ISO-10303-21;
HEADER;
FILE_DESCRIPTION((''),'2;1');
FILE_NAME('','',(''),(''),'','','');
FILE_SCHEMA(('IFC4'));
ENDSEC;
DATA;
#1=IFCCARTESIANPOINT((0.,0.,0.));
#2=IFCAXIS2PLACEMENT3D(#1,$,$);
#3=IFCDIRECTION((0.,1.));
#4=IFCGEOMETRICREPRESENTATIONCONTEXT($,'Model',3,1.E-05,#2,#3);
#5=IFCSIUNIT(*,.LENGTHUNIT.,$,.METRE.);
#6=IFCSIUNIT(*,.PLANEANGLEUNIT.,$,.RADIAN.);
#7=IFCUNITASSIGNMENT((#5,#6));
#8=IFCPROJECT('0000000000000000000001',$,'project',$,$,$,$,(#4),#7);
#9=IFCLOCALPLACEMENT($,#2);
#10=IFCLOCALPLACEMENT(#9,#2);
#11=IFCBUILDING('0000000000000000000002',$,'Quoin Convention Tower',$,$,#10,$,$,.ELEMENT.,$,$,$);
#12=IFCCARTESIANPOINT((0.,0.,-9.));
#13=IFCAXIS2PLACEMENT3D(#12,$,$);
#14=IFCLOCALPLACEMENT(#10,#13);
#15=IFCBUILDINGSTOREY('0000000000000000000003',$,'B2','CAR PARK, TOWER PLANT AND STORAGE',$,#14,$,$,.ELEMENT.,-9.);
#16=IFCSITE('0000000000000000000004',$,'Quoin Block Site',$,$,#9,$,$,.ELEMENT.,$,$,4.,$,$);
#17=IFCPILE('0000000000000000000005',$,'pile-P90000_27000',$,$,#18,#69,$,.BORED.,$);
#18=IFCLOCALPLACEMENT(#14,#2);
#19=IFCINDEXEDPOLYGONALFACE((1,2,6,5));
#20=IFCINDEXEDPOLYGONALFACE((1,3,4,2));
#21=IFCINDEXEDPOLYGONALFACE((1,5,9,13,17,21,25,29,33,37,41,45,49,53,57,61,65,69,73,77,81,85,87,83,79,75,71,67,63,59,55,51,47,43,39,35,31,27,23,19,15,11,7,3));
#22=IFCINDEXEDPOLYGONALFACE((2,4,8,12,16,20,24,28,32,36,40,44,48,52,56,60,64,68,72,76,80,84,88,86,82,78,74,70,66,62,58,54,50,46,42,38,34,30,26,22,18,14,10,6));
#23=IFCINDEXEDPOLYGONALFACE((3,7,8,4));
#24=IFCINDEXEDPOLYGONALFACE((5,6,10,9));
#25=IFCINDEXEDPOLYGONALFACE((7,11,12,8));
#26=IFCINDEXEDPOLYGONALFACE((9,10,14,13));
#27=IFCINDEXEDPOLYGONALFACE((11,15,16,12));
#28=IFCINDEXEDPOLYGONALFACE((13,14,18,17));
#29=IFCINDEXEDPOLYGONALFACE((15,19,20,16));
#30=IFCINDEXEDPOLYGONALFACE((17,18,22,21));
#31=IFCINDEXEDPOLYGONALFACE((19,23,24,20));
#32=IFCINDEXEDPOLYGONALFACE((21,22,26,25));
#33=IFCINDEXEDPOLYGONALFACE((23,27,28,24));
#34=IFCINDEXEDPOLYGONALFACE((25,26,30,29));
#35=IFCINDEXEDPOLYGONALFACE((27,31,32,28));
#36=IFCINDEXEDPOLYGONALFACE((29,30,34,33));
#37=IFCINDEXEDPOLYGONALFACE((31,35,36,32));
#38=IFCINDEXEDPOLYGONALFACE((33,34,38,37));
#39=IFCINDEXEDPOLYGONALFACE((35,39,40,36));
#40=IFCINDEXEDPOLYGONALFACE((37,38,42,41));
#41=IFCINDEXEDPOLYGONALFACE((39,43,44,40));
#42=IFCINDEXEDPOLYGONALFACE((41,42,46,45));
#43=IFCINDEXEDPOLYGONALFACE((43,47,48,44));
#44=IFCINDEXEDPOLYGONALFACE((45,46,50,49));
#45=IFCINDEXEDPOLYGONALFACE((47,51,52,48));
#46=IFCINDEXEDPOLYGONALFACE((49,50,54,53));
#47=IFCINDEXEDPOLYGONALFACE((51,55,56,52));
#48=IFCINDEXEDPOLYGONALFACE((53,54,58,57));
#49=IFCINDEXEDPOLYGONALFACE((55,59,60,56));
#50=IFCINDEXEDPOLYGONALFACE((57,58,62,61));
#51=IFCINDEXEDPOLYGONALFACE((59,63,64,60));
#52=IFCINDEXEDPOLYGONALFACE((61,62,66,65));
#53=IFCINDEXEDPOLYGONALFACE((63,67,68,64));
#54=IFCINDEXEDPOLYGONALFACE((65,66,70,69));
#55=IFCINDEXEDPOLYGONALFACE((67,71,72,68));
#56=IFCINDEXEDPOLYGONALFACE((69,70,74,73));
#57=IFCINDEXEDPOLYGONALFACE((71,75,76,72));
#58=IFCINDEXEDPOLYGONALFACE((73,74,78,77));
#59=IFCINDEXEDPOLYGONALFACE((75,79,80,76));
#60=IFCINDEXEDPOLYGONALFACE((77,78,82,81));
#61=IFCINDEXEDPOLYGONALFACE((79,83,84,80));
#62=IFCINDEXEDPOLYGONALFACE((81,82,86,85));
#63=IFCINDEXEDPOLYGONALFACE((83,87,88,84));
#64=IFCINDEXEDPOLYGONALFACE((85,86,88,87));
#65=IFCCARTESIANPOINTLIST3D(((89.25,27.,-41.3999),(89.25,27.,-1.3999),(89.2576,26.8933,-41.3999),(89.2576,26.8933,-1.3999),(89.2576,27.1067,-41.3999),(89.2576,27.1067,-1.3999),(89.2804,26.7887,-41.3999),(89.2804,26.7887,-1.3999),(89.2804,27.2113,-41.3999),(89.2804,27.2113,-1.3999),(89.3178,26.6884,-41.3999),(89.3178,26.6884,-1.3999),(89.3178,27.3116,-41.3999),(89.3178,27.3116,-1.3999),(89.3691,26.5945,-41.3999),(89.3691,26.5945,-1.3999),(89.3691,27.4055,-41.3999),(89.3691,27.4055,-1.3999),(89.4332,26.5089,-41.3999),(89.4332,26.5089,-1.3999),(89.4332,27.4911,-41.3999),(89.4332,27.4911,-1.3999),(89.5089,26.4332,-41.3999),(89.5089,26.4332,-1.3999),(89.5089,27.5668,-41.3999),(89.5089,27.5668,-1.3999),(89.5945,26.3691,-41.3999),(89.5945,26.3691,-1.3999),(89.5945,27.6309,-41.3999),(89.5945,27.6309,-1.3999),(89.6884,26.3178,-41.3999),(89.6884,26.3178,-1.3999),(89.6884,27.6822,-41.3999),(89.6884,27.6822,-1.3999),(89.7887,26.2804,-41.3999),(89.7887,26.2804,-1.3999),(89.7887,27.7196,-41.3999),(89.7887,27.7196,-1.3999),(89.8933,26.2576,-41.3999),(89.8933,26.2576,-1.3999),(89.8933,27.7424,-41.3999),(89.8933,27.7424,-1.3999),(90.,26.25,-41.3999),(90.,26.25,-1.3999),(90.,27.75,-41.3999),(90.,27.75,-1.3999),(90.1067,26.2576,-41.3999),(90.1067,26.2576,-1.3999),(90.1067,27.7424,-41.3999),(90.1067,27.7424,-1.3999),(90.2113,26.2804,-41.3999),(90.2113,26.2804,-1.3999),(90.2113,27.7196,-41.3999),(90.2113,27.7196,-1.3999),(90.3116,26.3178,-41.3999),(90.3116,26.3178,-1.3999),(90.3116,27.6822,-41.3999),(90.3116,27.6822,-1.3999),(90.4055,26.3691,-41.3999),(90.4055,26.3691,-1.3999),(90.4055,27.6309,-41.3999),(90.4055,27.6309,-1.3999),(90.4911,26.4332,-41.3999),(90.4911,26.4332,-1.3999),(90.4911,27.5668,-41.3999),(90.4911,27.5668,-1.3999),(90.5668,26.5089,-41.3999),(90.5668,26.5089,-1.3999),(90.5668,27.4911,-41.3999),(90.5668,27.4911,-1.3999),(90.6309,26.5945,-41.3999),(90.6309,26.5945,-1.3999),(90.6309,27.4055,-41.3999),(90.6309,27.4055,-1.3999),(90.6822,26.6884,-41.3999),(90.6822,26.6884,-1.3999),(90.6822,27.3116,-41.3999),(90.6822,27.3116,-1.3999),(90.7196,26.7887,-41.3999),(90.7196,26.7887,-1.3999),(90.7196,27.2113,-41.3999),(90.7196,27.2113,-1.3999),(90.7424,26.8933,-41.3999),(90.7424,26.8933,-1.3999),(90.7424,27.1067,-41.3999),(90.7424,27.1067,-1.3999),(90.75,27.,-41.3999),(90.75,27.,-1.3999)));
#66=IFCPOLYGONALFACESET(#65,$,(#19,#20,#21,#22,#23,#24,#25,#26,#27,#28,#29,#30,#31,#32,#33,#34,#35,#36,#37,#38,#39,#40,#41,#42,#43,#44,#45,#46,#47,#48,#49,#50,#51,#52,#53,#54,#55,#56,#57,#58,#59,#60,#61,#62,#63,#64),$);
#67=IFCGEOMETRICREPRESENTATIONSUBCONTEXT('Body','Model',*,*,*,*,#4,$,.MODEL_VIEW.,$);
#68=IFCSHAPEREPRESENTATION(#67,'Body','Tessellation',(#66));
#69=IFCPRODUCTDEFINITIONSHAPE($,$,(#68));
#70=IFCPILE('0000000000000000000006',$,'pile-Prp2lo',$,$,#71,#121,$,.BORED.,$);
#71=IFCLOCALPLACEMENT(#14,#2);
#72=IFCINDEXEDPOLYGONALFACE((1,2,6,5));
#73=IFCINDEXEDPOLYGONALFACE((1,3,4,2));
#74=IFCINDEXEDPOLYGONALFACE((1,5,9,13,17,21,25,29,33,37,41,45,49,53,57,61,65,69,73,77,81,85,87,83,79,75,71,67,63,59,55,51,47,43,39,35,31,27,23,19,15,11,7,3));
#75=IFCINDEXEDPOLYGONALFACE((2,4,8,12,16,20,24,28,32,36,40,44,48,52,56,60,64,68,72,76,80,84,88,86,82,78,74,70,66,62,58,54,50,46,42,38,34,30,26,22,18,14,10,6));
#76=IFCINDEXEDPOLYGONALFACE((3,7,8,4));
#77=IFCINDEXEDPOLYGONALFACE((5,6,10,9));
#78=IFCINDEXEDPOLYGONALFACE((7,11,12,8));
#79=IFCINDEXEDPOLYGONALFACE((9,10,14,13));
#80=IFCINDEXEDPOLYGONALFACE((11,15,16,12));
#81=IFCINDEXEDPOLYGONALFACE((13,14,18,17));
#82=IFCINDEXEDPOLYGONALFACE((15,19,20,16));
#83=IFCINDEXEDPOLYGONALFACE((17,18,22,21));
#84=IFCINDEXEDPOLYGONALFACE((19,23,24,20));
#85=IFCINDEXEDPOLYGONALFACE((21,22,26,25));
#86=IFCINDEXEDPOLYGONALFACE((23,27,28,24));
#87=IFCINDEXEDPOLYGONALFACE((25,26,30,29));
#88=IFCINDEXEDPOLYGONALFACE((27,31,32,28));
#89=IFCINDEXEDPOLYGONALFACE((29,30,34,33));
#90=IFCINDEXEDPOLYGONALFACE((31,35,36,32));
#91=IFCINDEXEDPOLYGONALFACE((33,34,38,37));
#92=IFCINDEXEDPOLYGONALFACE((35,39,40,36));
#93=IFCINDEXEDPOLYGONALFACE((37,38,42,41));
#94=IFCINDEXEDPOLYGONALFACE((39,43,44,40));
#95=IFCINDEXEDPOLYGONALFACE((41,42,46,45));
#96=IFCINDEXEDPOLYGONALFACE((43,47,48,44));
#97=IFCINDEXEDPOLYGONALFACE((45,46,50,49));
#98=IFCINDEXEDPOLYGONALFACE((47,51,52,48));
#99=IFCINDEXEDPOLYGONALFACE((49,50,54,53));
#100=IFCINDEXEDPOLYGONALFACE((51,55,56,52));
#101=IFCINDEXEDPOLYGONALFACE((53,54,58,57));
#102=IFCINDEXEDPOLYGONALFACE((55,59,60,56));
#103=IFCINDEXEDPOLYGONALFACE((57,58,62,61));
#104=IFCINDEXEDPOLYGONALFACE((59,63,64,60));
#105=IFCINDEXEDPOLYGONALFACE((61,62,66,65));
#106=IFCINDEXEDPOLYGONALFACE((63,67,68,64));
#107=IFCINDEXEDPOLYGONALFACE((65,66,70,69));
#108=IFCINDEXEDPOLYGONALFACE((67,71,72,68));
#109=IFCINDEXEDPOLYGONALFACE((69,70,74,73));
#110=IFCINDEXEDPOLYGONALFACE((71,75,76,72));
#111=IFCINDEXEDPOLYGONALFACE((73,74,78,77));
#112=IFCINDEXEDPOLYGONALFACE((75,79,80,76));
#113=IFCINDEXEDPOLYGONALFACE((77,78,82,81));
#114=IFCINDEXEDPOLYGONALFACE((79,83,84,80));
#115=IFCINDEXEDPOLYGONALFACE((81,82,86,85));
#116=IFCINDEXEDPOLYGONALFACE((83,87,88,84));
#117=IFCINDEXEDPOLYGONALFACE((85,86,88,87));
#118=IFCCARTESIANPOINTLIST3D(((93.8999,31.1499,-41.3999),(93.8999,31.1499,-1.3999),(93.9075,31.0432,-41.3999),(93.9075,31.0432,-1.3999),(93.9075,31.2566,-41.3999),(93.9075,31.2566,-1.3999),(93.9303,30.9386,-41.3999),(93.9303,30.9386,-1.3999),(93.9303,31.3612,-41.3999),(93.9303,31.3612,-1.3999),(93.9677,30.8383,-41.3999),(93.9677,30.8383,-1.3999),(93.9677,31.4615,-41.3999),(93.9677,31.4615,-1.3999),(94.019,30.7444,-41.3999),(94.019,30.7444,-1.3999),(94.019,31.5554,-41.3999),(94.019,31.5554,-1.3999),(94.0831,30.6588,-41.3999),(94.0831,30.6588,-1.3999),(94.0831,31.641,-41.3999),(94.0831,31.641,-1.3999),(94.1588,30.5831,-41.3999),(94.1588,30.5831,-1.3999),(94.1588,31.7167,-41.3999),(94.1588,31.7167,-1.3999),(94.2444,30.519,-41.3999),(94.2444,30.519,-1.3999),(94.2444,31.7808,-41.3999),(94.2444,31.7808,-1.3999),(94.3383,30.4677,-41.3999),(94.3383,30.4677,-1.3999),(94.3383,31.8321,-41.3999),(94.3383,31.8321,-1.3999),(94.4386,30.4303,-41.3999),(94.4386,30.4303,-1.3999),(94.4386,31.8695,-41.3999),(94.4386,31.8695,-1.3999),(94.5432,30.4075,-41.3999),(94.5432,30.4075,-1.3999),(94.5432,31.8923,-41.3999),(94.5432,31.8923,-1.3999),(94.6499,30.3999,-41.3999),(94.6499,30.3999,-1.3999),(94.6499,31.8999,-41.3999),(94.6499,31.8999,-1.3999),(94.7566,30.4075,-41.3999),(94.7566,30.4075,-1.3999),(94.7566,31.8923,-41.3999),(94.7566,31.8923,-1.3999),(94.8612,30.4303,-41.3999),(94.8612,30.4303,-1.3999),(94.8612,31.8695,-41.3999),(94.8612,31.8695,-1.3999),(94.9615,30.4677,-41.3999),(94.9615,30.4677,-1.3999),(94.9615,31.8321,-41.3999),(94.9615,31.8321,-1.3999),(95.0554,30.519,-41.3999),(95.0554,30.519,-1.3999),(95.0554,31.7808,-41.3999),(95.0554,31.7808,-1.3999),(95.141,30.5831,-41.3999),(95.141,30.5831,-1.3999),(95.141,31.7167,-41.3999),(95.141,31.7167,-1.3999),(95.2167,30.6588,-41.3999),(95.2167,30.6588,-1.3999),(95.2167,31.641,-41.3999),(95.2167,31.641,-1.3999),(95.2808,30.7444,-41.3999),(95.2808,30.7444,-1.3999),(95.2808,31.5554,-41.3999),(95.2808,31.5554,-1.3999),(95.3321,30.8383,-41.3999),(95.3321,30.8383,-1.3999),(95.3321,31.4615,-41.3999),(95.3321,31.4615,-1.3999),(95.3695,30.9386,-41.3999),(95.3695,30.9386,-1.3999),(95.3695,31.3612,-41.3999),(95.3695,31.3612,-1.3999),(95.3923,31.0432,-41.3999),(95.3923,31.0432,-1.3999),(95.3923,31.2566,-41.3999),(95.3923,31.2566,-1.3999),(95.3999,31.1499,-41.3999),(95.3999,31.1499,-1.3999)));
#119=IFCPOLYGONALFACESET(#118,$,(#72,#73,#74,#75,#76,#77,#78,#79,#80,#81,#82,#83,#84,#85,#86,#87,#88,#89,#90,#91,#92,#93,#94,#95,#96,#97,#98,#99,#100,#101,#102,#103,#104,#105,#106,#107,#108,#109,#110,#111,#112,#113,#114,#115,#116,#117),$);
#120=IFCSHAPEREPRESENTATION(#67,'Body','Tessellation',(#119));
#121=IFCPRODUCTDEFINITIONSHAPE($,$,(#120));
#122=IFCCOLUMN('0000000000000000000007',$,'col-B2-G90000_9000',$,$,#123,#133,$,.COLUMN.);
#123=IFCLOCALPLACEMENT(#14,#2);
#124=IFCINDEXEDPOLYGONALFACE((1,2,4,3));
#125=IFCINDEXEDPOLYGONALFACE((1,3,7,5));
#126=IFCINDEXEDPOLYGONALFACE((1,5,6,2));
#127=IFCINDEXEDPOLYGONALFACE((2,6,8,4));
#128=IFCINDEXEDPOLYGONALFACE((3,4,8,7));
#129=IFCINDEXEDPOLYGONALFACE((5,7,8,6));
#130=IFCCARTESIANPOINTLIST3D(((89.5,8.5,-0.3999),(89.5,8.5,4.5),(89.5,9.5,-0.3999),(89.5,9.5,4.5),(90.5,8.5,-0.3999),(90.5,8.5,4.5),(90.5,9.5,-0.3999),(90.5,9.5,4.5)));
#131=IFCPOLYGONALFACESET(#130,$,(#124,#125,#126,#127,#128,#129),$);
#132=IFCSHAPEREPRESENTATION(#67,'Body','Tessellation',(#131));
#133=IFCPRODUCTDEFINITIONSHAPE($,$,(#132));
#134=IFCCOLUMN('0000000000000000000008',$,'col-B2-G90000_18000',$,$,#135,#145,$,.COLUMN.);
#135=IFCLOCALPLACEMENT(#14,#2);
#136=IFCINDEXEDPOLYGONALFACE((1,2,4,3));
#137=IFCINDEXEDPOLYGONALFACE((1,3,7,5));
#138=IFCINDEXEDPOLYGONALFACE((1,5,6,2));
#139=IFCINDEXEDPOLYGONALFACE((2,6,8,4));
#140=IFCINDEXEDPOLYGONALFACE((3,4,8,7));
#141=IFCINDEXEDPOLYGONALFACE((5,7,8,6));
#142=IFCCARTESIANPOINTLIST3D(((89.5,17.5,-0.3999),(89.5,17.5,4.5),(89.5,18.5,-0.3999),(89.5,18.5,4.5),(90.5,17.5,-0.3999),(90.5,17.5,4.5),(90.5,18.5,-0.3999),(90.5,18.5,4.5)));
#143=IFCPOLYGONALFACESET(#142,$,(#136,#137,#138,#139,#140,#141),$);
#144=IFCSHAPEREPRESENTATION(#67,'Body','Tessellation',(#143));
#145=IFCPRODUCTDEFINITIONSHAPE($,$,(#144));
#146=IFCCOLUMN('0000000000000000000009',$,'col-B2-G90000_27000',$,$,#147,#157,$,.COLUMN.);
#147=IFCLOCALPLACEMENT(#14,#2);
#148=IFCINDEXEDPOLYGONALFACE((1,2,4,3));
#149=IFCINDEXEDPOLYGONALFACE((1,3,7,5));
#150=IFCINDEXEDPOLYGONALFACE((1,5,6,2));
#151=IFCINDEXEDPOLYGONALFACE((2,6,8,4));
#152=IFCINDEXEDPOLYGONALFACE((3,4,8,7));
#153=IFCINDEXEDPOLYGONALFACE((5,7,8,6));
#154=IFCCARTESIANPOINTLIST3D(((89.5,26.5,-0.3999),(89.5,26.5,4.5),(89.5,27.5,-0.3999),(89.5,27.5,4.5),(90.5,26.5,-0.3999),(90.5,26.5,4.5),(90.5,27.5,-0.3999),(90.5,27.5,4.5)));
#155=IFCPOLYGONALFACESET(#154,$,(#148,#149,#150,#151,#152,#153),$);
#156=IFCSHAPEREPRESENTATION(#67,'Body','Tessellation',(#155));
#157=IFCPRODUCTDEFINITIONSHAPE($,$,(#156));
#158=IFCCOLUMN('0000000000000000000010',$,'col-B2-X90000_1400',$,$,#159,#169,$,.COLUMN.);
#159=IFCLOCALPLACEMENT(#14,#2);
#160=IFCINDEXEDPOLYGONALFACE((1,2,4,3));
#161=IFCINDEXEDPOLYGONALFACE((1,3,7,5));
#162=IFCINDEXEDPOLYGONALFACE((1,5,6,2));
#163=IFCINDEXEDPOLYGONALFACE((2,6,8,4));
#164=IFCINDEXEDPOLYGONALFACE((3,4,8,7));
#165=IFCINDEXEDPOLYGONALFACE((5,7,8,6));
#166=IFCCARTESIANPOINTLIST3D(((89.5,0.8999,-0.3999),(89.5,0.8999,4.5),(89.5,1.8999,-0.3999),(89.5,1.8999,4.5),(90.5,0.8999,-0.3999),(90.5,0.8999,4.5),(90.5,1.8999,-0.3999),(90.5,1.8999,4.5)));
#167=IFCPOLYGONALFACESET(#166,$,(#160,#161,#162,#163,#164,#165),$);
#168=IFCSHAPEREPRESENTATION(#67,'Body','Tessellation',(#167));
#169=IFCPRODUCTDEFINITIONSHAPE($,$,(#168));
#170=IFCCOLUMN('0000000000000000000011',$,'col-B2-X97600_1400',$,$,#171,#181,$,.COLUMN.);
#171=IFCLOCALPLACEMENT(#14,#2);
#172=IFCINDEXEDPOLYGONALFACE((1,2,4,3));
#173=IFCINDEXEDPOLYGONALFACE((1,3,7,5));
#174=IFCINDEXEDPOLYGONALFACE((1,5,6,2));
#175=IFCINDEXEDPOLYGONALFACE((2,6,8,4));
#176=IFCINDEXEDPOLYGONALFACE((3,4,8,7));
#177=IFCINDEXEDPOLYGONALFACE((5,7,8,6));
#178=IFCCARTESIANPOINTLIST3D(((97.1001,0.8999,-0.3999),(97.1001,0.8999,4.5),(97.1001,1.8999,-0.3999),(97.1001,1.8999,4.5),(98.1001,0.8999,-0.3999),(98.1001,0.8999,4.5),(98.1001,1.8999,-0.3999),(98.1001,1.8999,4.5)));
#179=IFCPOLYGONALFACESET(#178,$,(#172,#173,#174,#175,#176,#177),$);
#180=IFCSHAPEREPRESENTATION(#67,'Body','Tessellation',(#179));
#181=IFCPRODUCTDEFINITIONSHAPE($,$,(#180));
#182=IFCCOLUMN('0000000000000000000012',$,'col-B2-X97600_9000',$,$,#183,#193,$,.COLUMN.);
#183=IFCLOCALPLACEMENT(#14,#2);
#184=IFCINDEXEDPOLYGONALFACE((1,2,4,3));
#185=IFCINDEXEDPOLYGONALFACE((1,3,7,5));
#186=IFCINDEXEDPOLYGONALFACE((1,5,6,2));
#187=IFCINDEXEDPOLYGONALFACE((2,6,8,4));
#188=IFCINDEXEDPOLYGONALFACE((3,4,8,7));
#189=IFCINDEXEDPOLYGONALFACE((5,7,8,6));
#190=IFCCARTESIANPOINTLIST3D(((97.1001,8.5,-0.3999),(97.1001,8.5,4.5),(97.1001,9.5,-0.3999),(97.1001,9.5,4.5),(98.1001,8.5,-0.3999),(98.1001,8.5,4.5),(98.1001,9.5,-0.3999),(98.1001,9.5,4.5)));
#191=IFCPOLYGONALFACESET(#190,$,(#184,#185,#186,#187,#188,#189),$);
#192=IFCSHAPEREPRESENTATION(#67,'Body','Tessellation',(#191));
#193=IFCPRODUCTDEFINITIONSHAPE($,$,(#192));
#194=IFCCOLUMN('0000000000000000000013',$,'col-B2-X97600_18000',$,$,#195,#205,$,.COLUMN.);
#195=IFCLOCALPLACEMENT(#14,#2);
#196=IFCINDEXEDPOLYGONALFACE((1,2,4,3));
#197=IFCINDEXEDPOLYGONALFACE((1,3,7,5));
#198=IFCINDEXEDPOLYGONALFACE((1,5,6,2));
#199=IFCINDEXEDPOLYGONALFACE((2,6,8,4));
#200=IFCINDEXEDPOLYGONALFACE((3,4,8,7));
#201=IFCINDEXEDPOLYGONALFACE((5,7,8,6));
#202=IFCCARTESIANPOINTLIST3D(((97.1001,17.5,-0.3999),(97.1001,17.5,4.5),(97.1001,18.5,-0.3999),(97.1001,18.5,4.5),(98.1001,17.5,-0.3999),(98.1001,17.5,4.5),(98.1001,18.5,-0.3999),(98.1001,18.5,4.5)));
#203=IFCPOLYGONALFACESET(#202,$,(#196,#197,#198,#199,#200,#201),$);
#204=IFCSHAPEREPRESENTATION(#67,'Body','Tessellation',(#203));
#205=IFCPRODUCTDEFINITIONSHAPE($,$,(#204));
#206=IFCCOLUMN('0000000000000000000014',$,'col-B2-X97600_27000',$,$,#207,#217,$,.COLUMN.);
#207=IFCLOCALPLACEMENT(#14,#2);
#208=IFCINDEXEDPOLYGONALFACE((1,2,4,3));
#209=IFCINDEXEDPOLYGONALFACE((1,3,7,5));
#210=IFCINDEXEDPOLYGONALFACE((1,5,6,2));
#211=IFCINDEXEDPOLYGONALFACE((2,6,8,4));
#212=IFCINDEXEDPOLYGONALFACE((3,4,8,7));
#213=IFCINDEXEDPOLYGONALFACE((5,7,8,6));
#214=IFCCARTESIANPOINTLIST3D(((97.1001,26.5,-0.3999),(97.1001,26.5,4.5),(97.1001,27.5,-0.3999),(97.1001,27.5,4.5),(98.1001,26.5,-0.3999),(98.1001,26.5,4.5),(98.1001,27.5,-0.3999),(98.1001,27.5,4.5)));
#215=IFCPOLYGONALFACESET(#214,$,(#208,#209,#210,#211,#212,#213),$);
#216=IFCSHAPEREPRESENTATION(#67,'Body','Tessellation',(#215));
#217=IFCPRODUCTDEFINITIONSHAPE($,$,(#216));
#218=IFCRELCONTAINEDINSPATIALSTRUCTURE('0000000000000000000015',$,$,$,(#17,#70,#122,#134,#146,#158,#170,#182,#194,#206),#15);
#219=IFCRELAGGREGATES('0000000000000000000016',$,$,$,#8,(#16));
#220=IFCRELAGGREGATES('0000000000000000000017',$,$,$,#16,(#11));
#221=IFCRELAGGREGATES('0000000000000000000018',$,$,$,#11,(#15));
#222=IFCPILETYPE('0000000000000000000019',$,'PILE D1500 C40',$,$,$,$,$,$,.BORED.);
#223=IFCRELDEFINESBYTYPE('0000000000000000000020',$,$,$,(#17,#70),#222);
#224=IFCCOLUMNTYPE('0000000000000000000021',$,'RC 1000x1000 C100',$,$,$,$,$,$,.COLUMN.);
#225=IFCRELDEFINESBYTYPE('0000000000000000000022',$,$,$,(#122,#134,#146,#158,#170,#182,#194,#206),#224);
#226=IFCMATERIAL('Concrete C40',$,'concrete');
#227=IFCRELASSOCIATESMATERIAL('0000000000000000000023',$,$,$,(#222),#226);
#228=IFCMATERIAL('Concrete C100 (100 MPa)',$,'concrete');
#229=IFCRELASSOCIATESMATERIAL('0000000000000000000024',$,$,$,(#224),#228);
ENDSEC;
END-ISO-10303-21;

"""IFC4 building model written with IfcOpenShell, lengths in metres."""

from ifc_helpers import new_model, si_unit, direction, frame, origin, origin_2d, place, context, subcontext, project, spatial, rectangle, circle, extrude, material, material_profile, profile_set, type_object, element, save


model = new_model("IFC4")

# Units and contexts
model_context = context("Model", 3, precision=1e-05, world=origin(), true_north=direction((0.0, 1.0)))
body_context = subcontext(model_context, "Body", "Model", "MODEL_VIEW")
ifc_project = project(units=[si_unit("LENGTHUNIT", "METRE"), si_unit("PLANEANGLEUNIT", "RADIAN")], contexts=[model_context])

# Site, building, storey
site_placement = place(None, origin())
site = spatial("IfcSite", under=ifc_project, at=site_placement, Name="Quoin Block Site", CompositionType="ELEMENT", RefElevation=4.0)
building_placement = place(site_placement, origin())
building = spatial("IfcBuilding", under=site, at=building_placement, Name="Quoin Convention Tower", CompositionType="ELEMENT")
storey_placement = place(building_placement, frame((0.0, 0.0, -9.0)))
storey = spatial("IfcBuildingStorey", under=building, at=storey_placement, Name="B2", Description="CAR PARK, TOWER PLANT AND STORAGE", CompositionType="ELEMENT", Elevation=-9.0)

# Piles
ifc_material_1 = material(Name="Concrete C40", Category="concrete")
ifc_material_profile_1 = material_profile(ifc_material_1, circle(Radius=0.75, at=origin_2d()), Name="D1500")
ifc_profile_set_1 = profile_set([ifc_material_profile_1], Name="Concrete C40")
pile_type = type_object("IfcPileType", Name="PILE D1500 C40", PredefinedType="BORED", material=ifc_profile_set_1)
for number, where, z_axis, x_axis, name in (
    (1, (90.0, 27.0, -1.3999), (0.0, 0.0, -1.0), (1.0, 0.0, 0.0), "pile-P90000_27000"),
    (2, (94.6499, 31.1499, -1.3999), (0.0, 0.0, -1.0), (1.0, 0.0, 0.0), "pile-Prp2lo"),
):
    element("IfcPile", number, at=place(storey_placement, frame(where, z_axis=z_axis, x_axis=x_axis)), inside=storey, type_object=pile_type, Name=name, PredefinedType="BORED", context=body_context, shape_type="SweptSolid", body=[
        extrude(circle(Radius=0.75, at=origin_2d()), origin(), (0.0, 0.0, 1.0), 40.0),
    ])

# Columns
ifc_material_2 = material(Name="Concrete C100 (100 MPa)", Category="concrete")
ifc_material_profile_2 = material_profile(ifc_material_2, rectangle(XDim=1.0, YDim=1.0, at=origin_2d()), Name="RC 1000x1000")
ifc_profile_set_2 = profile_set([ifc_material_profile_2], Name="Concrete C100 (100 MPa)")
column_type_1 = type_object("IfcColumnType", Name="RC 1000x1000 C100", PredefinedType="COLUMN", material=ifc_profile_set_2)
for number, where, z_axis, x_axis, name in (
    (3, (90.0, 9.0, -0.3999), (0.0, 0.0, 1.0), (1.0, 0.0, 0.0), "col-B2-G90000_9000"),
    (4, (90.0, 18.0, -0.3999), (0.0, 0.0, 1.0), (1.0, 0.0, 0.0), "col-B2-G90000_18000"),
    (5, (90.0, 27.0, -0.3999), (0.0, 0.0, 1.0), (1.0, 0.0, 0.0), "col-B2-G90000_27000"),
    (6, (90.0, 1.3999, -0.3999), (0.0, 0.0, 1.0), (1.0, 0.0, 0.0), "col-B2-X90000_1400"),
    (7, (97.6001, 1.3999, -0.3999), (0.0, 0.0, 1.0), (1.0, 0.0, 0.0), "col-B2-X97600_1400"),
    (8, (97.6001, 9.0, -0.3999), (0.0, 0.0, 1.0), (1.0, 0.0, 0.0), "col-B2-X97600_9000"),
    (9, (97.6001, 18.0, -0.3999), (0.0, 0.0, 1.0), (1.0, 0.0, 0.0), "col-B2-X97600_18000"),
    (10, (97.6001, 27.0, -0.3999), (0.0, 0.0, 1.0), (1.0, 0.0, 0.0), "col-B2-X97600_27000"),
):
    element("IfcColumn", number, at=place(storey_placement, frame(where, z_axis=z_axis, x_axis=x_axis)), inside=storey, type_object=column_type_1, Name=name, PredefinedType="COLUMN", context=body_context, shape_type="SweptSolid", body=[
        extrude(rectangle(XDim=1.0, YDim=1.0, at=origin_2d()), origin(), (0.0, 0.0, 1.0), 4.8999),
    ])

save(model, "model.ifc")
